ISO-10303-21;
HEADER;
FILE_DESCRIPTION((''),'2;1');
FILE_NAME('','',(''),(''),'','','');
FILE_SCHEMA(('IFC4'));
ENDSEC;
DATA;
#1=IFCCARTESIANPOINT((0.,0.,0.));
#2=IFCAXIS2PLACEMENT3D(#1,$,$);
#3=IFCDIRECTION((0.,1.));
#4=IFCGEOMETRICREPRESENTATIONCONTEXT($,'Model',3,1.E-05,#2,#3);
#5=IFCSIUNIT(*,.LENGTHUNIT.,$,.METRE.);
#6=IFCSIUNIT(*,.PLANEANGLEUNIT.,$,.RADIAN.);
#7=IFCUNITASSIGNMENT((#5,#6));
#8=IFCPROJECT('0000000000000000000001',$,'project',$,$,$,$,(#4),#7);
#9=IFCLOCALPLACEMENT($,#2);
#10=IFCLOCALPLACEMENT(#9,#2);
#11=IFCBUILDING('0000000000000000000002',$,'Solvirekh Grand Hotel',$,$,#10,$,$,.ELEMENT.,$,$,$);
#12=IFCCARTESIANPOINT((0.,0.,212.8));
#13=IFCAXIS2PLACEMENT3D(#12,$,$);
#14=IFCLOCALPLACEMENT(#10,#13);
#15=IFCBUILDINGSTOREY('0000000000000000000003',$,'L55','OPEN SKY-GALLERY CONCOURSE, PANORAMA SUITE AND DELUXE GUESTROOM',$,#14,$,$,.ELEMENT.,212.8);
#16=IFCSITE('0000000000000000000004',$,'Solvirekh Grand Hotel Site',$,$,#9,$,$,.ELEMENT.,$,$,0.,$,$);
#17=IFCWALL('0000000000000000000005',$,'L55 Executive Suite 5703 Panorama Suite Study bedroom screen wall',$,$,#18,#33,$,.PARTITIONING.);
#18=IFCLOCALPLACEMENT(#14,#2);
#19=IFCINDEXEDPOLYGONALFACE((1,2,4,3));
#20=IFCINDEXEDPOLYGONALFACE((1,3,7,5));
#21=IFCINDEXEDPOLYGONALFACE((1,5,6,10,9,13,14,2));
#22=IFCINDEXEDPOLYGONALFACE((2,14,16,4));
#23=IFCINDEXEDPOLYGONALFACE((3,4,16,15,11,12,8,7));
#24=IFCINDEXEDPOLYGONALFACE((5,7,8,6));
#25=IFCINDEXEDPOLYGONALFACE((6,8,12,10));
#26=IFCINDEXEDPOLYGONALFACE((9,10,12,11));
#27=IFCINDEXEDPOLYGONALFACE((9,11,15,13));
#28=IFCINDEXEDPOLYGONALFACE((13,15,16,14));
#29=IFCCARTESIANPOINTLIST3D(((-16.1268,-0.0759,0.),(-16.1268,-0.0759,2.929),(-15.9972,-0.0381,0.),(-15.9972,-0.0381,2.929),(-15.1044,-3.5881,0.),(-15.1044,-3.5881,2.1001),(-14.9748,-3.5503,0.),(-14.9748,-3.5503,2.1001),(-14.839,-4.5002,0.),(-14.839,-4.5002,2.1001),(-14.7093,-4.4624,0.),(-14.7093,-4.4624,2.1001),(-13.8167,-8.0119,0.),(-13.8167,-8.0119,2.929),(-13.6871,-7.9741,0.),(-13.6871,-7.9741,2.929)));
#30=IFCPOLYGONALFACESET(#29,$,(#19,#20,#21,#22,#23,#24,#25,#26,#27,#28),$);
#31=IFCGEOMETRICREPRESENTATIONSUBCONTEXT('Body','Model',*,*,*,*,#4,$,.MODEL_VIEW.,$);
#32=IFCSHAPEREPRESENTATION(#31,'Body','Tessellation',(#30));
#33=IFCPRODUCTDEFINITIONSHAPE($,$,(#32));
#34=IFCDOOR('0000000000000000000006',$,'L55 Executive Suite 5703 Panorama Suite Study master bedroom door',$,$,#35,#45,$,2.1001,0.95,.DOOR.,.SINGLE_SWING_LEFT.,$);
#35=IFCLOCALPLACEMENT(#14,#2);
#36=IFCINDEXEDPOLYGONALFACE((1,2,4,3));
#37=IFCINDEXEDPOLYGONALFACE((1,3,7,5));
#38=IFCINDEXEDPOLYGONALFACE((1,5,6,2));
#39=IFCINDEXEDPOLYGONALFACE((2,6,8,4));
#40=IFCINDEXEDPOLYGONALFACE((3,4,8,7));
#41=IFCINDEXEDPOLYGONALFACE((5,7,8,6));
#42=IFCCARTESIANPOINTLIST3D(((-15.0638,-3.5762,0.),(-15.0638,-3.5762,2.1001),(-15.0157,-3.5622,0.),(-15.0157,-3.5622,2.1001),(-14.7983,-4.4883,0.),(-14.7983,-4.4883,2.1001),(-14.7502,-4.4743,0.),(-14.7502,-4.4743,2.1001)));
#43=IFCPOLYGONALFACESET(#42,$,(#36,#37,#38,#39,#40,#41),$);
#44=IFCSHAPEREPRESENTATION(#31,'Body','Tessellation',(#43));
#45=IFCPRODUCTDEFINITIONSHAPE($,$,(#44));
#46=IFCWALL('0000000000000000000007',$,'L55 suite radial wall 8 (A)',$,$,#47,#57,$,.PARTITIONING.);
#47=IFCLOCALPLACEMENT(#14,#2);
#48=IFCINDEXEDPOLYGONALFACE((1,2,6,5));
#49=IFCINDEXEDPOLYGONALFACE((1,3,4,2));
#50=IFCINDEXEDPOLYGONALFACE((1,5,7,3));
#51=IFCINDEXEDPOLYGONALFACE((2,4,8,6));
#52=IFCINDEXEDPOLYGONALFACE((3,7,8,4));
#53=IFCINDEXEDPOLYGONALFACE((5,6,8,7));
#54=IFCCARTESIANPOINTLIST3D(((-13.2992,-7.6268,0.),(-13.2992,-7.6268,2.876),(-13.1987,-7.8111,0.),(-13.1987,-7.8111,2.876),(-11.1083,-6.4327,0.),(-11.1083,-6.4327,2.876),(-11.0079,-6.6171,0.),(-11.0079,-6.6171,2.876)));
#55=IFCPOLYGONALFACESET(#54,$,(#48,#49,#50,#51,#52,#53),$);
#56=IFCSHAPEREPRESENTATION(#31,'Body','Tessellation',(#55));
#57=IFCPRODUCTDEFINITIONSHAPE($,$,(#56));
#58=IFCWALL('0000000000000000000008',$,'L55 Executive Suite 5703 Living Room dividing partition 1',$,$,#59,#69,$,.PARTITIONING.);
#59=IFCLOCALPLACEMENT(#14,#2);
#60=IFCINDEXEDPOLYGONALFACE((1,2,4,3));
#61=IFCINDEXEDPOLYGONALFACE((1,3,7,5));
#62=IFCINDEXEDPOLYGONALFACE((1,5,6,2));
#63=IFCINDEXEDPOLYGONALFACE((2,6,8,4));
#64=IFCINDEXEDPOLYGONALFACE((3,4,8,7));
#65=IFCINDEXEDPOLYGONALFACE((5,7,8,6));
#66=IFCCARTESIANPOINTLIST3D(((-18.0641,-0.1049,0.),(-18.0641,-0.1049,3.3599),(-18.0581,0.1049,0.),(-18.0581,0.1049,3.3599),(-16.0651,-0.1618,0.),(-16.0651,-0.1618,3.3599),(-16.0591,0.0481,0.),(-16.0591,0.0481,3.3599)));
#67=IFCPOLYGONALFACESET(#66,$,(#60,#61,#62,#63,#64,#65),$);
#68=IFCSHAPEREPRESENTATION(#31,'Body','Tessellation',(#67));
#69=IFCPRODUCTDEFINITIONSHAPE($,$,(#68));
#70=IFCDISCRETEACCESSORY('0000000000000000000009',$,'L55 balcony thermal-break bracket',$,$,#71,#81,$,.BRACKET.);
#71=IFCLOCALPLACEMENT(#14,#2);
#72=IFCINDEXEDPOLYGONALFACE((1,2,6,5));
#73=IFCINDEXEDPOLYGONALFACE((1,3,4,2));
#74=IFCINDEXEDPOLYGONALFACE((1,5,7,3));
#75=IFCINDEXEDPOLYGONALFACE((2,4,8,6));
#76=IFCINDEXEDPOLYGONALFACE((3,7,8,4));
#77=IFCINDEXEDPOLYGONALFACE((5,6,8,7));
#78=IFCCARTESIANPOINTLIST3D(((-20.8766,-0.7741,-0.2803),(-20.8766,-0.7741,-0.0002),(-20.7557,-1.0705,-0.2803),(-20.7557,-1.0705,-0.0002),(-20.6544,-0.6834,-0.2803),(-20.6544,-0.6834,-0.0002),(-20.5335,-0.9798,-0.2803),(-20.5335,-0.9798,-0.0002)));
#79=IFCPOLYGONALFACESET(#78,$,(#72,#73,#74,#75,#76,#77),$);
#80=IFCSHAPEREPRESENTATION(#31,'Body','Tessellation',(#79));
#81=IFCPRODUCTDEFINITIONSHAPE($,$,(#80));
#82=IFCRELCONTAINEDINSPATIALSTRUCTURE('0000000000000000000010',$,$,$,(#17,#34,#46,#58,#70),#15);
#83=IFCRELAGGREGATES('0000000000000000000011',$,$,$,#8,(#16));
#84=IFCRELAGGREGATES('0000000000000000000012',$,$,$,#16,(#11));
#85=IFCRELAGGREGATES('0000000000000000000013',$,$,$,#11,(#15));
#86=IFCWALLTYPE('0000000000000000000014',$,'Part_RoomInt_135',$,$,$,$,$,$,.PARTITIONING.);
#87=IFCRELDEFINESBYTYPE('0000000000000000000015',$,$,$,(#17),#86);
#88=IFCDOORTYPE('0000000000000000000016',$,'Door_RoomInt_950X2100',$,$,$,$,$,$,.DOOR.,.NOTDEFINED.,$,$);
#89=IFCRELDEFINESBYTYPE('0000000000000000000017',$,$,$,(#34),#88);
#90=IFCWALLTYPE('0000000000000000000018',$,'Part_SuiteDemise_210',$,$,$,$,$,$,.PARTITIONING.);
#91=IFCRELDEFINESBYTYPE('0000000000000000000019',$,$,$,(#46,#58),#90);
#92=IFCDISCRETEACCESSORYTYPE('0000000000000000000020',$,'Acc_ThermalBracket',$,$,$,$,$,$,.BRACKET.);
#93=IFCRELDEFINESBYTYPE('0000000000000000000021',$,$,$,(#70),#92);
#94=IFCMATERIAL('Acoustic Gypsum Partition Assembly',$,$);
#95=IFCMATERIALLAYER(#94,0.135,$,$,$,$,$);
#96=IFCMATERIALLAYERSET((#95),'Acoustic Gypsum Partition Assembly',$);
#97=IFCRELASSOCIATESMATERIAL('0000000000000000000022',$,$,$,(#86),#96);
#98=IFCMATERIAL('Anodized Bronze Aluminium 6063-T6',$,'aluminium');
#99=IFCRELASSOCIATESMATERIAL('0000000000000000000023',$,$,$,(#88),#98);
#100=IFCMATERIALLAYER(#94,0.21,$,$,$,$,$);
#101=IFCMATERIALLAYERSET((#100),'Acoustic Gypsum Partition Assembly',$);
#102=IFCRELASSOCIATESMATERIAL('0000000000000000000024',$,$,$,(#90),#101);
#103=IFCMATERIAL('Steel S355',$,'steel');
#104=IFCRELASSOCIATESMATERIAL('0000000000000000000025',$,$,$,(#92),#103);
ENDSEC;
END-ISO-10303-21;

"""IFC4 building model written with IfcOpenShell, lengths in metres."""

from ifc_helpers import new_model, si_unit, direction, frame, frame_2d, origin, origin_2d, place, context, subcontext, project, spatial, rectangle, extrude, material, layer, layer_set, type_object, element, fill, save


model = new_model("IFC4")

# Units and contexts
model_context = context("Model", 3, precision=1e-05, world=origin(), true_north=direction((0.0, 1.0)))
body_context = subcontext(model_context, "Body", "Model", "MODEL_VIEW")
ifc_project = project(units=[si_unit("LENGTHUNIT", "METRE"), si_unit("PLANEANGLEUNIT", "RADIAN")], contexts=[model_context])

# Site, building, storey
site_placement = place(None, origin())
site = spatial("IfcSite", under=ifc_project, at=site_placement, Name="Solvirekh Grand Hotel Site", CompositionType="ELEMENT", RefElevation=0.0)
building_placement = place(site_placement, origin())
building = spatial("IfcBuilding", under=site, at=building_placement, Name="Solvirekh Grand Hotel", CompositionType="ELEMENT")
storey_placement = place(building_placement, frame((0.0, 0.0, 212.8)))
storey = spatial("IfcBuildingStorey", under=building, at=storey_placement, Name="L55", Description="OPEN SKY-GALLERY CONCOURSE, PANORAMA SUITE AND DELUXE GUESTROOM", CompositionType="ELEMENT", Elevation=212.8)

# Shared definitions
ifc_material_1 = material(Name="Steel S355", Category="steel")

# Shared definitions
ifc_material_2 = material(Name="Anodized Bronze Aluminium 6063-T6", Category="aluminium")
ifc_material_3 = material(Name="Acoustic Gypsum Partition Assembly")

# Wall, opening, door
ifc_layer_1 = layer(ifc_material_3, 0.135)
ifc_layer_set_1 = layer_set([ifc_layer_1], Name="Acoustic Gypsum Partition Assembly")
wall_type_1 = type_object("IfcWallType", Name="Part_RoomInt_135", PredefinedType="PARTITIONING", material=ifc_layer_set_1)
wall_1_placement = place(storey_placement, frame((-16.062, -0.0569, 0.0), z_axis=(0.0, 0.0, 1.0), x_axis=(0.279485, -0.96015, 0.0)))
wall_1 = element("IfcWall", 1, at=wall_1_placement, inside=storey, type_object=wall_type_1, Name="L55 Executive Suite 5703 Panorama Suite Study bedroom screen wall", PredefinedType="PARTITIONING", context=body_context, shape_type="SweptSolid", body=[
    extrude(rectangle(XDim=8.2654, YDim=0.135, at=frame_2d((4.1328, 0.0))), origin(), (0.0, 0.0, 1.0), 2.929),
])
opening_1_placement = place(wall_1_placement, frame((3.658, 0.0, 0.0)))
opening_1 = element("IfcOpeningElement", 2, at=opening_1_placement, cuts=wall_1, PredefinedType="OPENING", context=body_context, shape_type="SweptSolid", body=[
    extrude(rectangle(XDim=0.95, YDim=2.1001, at=frame_2d((0.4751, 1.05))), frame((0.0, 0.0776, 0.0), z_axis=(0.0, -1.0, 0.0), x_axis=(1.0, 0.0, 0.0)), (0.0, 0.0, 1.0), 0.155),
])
door_type_1 = type_object("IfcDoorType", Name="Door_RoomInt_950X2100", OperationType="NOTDEFINED", PredefinedType="DOOR", material=ifc_material_2)
door_1_placement = place(opening_1_placement, origin())
door_1 = element("IfcDoor", 3, at=door_1_placement, inside=storey, type_object=door_type_1, Name="L55 Executive Suite 5703 Panorama Suite Study master bedroom door", OperationType="SINGLE_SWING_LEFT", OverallHeight=2.1001, OverallWidth=0.95, PredefinedType="DOOR", context=body_context, shape_type="SweptSolid", body=[
    extrude(rectangle(XDim=0.95, YDim=2.1001, at=frame_2d((0.4751, 1.05))), frame((0.0, 0.0249, 0.0), z_axis=(0.0, -1.0, 0.0), x_axis=(1.0, 0.0, 0.0)), (0.0, 0.0, 1.0), 0.05),
])
fill(opening_1, door_1)

# Walls
ifc_layer_2 = layer(ifc_material_3, 0.21)
ifc_layer_set_2 = layer_set([ifc_layer_2], Name="Acoustic Gypsum Partition Assembly")
wall_type_2 = type_object("IfcWallType", Name="Part_SuiteDemise_210", PredefinedType="PARTITIONING", material=ifc_layer_set_2)
wall_2_placement = place(storey_placement, frame((-11.0581, -6.5249, 0.0), z_axis=(0.0, 0.0, 1.0), x_axis=(-0.878056, -0.478557, 0.0)))
element("IfcWall", 4, at=wall_2_placement, inside=storey, type_object=wall_type_2, Name="L55 suite radial wall 8 (A)", PredefinedType="PARTITIONING", context=body_context, shape_type="SweptSolid", body=[
    extrude(rectangle(XDim=2.4951, YDim=0.21, at=frame_2d((1.2476, 0.0))), origin(), (0.0, 0.0, 1.0), 2.876),
])
wall_3_placement = place(storey_placement, frame((-16.062, -0.0569, 0.0), z_axis=(0.0, 0.0, 1.0), x_axis=(-0.999595, 0.028445, 0.0)))
element("IfcWall", 5, at=wall_3_placement, inside=storey, type_object=wall_type_2, Name="L55 Executive Suite 5703 Living Room dividing partition 1", PredefinedType="PARTITIONING", context=body_context, shape_type="SweptSolid", body=[
    extrude(rectangle(XDim=1.9998, YDim=0.21, at=frame_2d((1.0, 0.0))), origin(), (0.0, 0.0, 1.0), 3.3599),
])

# Discrete accessory
discrete_accessory_type = type_object("IfcDiscreteAccessoryType", Name="Acc_ThermalBracket", PredefinedType="BRACKET", material=ifc_material_1)
discrete_accessory_placement = place(storey_placement, frame((-20.7051, -0.877, -0.2803), z_axis=(0.0, 0.0, 1.0), x_axis=(0.377841, -0.925871, 0.0)))
element("IfcDiscreteAccessory", 6, at=discrete_accessory_placement, inside=storey, type_object=discrete_accessory_type, Name="L55 balcony thermal-break bracket", PredefinedType="BRACKET", context=body_context, shape_type="SweptSolid", body=[
    extrude(rectangle(XDim=0.3201, YDim=0.24, at=origin_2d()), origin(), (0.0, 0.0, 1.0), 0.28),
])

save(model, "model.ifc")
